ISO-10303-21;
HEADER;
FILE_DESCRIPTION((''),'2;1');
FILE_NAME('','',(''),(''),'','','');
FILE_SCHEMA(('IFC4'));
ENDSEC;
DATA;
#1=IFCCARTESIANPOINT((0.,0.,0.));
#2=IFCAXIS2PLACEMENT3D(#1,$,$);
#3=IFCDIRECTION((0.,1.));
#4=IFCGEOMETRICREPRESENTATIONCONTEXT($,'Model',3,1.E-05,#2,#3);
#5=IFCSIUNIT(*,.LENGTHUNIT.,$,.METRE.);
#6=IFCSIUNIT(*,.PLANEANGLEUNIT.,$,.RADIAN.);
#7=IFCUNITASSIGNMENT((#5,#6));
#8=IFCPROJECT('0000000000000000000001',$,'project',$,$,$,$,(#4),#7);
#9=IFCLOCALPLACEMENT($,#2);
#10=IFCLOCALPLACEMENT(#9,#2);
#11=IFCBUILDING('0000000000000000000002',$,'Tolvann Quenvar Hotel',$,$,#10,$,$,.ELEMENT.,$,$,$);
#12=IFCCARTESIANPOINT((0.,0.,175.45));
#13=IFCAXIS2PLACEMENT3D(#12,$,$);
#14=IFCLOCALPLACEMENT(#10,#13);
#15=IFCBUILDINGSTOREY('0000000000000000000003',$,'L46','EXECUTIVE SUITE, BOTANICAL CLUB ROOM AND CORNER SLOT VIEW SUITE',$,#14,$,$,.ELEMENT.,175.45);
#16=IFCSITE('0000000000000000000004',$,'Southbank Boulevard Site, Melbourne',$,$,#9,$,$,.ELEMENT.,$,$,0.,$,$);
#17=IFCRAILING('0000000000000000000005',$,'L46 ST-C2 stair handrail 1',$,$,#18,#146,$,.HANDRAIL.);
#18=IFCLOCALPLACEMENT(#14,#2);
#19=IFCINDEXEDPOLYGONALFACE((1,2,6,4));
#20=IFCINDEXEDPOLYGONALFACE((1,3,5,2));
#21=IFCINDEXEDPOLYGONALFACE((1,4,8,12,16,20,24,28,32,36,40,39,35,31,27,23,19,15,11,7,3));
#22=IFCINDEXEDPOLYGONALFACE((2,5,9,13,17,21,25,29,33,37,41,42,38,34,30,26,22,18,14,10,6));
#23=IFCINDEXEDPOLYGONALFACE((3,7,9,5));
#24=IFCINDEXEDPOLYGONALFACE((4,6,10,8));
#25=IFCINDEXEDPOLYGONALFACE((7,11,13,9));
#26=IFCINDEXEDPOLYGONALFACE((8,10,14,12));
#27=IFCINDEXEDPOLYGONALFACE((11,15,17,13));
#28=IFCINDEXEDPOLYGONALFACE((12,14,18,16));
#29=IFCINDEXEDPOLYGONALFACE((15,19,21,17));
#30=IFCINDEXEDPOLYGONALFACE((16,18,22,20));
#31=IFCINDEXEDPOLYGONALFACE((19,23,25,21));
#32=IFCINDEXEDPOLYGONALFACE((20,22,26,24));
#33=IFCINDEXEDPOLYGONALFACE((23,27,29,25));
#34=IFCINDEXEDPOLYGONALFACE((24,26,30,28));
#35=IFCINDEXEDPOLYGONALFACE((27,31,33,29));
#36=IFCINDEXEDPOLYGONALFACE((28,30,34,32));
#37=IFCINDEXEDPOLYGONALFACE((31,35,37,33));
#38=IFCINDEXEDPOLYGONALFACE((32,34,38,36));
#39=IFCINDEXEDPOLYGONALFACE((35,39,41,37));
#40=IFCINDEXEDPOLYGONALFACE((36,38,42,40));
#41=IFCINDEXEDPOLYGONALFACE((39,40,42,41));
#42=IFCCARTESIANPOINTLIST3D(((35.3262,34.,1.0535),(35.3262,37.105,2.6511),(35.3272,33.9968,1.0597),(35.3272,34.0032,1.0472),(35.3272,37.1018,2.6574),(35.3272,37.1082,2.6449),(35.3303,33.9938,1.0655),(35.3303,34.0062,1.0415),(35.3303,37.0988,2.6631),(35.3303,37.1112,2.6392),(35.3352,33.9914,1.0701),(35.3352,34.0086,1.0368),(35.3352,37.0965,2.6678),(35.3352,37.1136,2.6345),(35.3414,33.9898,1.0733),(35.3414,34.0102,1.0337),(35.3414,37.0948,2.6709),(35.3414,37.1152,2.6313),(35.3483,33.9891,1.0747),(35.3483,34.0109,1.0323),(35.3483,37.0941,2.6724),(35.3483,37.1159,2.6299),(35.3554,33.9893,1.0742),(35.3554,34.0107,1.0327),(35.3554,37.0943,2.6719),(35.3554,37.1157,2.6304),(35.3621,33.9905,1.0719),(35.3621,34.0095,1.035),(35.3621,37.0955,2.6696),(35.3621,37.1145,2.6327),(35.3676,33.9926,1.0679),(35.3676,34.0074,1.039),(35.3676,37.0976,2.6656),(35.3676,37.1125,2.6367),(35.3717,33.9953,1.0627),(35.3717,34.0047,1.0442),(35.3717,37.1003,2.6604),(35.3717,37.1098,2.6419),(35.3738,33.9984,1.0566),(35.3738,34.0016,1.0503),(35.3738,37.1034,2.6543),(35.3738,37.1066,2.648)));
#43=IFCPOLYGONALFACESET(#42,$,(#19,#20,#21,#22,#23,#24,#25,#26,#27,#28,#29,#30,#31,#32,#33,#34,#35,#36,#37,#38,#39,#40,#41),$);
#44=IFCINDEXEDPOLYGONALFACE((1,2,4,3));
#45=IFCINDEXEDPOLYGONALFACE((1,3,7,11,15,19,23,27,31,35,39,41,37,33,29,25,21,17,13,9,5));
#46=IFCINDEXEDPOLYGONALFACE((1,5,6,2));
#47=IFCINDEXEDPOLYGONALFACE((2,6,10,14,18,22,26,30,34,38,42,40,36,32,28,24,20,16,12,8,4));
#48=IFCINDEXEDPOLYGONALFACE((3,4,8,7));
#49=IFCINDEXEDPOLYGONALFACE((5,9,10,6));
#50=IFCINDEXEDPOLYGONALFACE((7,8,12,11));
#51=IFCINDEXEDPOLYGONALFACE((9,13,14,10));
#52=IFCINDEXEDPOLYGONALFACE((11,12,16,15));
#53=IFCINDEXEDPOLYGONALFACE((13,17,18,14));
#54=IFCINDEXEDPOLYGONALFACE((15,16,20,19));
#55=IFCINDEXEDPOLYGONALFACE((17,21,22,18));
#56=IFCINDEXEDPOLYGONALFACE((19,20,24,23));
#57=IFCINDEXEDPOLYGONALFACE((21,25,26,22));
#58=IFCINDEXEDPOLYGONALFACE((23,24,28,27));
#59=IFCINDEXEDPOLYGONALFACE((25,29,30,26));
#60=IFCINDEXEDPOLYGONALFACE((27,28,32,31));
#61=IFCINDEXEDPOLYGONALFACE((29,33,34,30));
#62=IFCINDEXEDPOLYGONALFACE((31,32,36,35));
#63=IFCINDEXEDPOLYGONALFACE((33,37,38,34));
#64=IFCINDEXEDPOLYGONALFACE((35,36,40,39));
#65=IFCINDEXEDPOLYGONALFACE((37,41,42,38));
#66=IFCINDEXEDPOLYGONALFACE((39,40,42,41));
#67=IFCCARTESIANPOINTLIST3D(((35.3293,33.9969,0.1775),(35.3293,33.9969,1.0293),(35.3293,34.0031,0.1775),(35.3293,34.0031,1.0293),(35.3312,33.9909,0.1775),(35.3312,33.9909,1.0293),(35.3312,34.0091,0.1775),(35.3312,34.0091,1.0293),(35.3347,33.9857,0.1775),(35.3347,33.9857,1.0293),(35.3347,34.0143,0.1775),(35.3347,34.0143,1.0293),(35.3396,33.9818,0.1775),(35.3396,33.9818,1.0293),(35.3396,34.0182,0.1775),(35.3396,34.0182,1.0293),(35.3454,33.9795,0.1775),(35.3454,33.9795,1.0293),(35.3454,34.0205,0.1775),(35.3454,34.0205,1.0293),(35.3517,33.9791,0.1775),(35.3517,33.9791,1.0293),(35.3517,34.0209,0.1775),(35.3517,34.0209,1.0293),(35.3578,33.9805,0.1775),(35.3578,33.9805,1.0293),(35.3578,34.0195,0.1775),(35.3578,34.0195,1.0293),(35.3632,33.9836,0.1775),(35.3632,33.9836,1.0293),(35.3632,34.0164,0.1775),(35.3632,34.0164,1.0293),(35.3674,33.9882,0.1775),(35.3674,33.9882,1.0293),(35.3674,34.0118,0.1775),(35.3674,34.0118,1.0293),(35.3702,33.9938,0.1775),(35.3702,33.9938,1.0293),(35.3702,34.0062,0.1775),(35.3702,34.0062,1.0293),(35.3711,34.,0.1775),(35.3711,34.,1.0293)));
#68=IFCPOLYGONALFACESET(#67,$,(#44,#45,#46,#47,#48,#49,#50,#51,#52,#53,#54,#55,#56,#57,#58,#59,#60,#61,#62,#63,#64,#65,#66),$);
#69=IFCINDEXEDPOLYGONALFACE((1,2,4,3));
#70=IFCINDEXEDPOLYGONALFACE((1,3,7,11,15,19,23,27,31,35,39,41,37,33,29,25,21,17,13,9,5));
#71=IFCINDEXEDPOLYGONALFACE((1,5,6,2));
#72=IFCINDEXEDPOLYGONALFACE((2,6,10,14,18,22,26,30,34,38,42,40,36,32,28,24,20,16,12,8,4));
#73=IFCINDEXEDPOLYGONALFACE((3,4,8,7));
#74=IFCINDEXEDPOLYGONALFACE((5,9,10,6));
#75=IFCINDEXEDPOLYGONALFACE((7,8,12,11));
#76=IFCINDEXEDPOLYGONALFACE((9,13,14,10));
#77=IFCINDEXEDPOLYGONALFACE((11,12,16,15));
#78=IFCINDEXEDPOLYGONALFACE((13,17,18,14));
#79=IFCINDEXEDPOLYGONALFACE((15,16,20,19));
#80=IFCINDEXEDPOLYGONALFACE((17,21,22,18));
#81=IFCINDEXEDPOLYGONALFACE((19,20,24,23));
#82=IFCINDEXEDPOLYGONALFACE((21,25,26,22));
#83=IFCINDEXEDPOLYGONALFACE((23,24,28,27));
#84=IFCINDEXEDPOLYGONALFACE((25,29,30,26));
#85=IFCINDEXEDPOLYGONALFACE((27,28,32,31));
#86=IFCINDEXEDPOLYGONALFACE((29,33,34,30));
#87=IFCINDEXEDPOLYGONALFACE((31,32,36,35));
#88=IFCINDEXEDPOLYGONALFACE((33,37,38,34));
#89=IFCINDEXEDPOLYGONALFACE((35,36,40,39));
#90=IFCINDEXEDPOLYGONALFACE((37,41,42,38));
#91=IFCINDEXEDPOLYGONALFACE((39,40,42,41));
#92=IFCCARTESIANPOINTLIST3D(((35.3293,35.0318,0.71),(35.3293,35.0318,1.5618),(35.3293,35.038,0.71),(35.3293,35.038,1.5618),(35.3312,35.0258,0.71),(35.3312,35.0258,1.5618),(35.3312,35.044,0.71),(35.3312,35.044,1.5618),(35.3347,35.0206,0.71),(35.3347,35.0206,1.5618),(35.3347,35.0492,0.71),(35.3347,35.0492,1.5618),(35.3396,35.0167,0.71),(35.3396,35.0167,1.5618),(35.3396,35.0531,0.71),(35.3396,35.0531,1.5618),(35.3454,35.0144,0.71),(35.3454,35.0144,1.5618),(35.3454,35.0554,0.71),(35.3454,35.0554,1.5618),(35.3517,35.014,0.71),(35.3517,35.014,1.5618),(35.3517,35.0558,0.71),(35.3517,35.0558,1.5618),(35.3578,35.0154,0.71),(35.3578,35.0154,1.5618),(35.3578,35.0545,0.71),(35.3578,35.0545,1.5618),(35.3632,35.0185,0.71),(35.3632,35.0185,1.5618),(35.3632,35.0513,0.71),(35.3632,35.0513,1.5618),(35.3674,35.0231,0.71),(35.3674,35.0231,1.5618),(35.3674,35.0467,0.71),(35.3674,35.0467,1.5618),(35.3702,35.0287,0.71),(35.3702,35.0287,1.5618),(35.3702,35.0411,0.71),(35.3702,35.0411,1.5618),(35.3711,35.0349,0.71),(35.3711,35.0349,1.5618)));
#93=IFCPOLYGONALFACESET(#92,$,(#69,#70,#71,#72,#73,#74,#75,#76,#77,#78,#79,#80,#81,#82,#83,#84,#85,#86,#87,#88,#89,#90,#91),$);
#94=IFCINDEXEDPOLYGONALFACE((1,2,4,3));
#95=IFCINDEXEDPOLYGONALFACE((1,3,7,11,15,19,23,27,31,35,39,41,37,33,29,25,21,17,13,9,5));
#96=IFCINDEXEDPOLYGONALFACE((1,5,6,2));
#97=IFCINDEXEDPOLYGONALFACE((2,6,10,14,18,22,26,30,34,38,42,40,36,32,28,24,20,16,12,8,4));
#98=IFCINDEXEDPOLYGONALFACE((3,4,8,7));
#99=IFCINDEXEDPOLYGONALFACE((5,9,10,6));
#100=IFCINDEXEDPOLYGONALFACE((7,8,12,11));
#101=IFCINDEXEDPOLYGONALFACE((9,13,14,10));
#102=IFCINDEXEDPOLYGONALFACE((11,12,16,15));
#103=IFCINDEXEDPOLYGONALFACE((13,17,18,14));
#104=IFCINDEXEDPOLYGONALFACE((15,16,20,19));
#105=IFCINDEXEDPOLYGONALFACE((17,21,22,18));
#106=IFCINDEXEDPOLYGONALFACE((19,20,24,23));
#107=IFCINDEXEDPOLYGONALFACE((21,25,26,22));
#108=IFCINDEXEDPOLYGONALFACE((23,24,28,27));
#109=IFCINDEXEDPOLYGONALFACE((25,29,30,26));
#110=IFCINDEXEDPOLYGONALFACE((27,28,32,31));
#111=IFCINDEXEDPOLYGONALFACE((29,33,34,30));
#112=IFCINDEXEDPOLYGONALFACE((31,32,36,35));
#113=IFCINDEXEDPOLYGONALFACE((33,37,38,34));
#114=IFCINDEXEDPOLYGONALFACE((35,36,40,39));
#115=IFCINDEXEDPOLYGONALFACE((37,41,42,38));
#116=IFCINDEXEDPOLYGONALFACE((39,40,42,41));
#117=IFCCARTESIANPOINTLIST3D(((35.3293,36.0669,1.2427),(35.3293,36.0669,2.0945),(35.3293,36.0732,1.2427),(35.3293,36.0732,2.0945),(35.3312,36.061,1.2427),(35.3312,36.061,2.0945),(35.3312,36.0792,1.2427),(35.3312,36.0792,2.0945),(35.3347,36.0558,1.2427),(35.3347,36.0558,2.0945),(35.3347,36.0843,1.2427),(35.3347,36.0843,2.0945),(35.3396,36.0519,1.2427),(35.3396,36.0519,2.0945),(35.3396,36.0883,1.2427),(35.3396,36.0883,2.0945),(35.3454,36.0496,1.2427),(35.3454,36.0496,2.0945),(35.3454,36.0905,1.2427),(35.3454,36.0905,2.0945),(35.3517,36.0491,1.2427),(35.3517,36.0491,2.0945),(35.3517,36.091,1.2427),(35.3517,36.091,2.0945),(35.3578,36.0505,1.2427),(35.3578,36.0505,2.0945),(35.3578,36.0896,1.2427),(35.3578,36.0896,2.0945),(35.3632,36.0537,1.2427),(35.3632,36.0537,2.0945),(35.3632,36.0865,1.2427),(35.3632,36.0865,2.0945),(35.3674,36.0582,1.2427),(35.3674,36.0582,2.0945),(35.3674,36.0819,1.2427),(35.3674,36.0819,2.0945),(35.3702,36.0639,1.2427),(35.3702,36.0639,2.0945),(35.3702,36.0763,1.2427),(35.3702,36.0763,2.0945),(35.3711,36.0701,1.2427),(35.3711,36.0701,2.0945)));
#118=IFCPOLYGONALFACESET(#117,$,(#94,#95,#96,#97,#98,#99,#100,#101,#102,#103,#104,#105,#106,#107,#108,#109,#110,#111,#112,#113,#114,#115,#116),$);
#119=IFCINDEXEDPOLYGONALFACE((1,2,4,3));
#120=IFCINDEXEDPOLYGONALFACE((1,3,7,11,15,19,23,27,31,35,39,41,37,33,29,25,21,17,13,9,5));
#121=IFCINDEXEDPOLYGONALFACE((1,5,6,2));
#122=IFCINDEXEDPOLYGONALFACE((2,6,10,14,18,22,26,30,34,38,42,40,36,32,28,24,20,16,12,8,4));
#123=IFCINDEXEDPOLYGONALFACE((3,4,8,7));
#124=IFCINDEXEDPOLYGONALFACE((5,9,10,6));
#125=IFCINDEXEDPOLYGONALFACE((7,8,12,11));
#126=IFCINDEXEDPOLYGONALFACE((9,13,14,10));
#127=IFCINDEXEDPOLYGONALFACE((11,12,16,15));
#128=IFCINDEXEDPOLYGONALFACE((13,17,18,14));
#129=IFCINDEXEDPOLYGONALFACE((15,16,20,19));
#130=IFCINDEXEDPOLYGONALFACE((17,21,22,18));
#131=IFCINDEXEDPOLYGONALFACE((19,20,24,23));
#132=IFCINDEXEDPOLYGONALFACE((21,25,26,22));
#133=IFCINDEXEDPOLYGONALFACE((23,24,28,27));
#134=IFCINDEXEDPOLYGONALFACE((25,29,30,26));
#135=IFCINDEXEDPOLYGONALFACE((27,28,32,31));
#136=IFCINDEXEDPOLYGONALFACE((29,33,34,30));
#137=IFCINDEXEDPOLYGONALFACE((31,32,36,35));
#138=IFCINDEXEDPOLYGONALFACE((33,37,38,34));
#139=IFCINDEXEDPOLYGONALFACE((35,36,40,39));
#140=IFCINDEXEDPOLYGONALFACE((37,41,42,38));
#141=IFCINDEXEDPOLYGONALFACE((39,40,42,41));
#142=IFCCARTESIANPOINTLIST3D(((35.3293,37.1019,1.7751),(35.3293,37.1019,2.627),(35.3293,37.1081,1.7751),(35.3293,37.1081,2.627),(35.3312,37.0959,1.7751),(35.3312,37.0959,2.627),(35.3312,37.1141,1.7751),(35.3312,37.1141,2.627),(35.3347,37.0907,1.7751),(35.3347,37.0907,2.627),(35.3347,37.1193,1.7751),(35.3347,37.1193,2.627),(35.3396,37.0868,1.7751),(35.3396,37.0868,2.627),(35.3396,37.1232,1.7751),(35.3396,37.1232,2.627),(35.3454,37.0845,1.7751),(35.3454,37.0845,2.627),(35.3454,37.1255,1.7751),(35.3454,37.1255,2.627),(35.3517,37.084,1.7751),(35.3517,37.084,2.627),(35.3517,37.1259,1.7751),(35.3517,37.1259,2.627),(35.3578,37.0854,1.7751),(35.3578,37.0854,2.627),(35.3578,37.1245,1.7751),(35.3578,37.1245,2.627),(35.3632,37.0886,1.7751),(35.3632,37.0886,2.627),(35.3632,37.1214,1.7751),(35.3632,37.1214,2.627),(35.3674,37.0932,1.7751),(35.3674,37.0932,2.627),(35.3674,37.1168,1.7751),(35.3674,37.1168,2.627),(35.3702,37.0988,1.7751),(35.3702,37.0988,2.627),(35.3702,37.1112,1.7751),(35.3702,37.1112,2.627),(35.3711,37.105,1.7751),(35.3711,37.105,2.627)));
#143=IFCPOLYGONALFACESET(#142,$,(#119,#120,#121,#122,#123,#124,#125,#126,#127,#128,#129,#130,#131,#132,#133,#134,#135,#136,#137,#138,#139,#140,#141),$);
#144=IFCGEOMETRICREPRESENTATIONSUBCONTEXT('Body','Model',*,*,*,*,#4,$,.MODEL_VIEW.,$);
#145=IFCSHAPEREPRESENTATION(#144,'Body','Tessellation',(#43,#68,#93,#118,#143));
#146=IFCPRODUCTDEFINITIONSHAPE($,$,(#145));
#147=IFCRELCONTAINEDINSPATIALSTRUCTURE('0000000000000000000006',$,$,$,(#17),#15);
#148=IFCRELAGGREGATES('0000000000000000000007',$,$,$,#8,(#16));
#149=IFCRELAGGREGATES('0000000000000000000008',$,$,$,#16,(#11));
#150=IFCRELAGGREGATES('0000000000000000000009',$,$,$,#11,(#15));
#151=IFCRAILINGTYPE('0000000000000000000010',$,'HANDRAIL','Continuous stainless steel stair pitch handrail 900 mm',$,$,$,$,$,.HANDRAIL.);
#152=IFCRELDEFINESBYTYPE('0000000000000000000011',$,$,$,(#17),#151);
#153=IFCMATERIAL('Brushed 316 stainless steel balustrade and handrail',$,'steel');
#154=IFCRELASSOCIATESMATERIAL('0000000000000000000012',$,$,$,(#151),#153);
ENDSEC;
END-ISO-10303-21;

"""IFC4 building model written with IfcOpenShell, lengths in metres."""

from ifc_helpers import new_model, si_unit, direction, frame, origin, origin_2d, place, context, subcontext, project, spatial, circle, extrude, material, type_object, element, save


model = new_model("IFC4")

# Units and contexts
model_context = context("Model", 3, precision=1e-05, world=origin(), true_north=direction((0.0, 1.0)))
body_context = subcontext(model_context, "Body", "Model", "MODEL_VIEW")
ifc_project = project(units=[si_unit("LENGTHUNIT", "METRE"), si_unit("PLANEANGLEUNIT", "RADIAN")], contexts=[model_context])

# Site, building, storey
site_placement = place(None, origin())
site = spatial("IfcSite", under=ifc_project, at=site_placement, Name="Southbank Boulevard Site, Melbourne", CompositionType="ELEMENT", RefElevation=0.0)
building_placement = place(site_placement, origin())
building = spatial("IfcBuilding", under=site, at=building_placement, Name="Tolvann Quenvar Hotel", CompositionType="ELEMENT")
storey_placement = place(building_placement, frame((0.0, 0.0, 175.45)))
storey = spatial("IfcBuildingStorey", under=building, at=storey_placement, Name="L46", Description="EXECUTIVE SUITE, BOTANICAL CLUB ROOM AND CORNER SLOT VIEW SUITE", CompositionType="ELEMENT", Elevation=175.45)

# Railing
ifc_material_1 = material(Name="Brushed 316 stainless steel balustrade and handrail", Category="steel")
railing_type_1 = type_object("IfcRailingType", Name="HANDRAIL", Description="Continuous stainless steel stair pitch handrail 900 mm", PredefinedType="HANDRAIL", material=ifc_material_1)
railing_1_placement = place(storey_placement, frame((35.3501, 34.0, 0.1775)))
element("IfcRailing", 1, at=railing_1_placement, inside=storey, type_object=railing_type_1, Name="L46 ST-C2 stair handrail 1", PredefinedType="HANDRAIL", context=body_context, shape_type="SweptSolid", body=[
    extrude(circle(Radius=0.0239, at=origin_2d()), frame((0.0, 0.0, 0.876), z_axis=(0.0, 0.889194, 0.457531), x_axis=(-1.0, 0.0, 0.0)), (0.0, 0.0, 1.0), 3.4919),
    extrude(circle(Radius=0.021, at=origin_2d()), origin(), (0.0, 0.0, 1.0), 0.8518),
    extrude(circle(Radius=0.021, at=origin_2d()), frame((0.0, 1.0349, 0.5325)), (0.0, 0.0, 1.0), 0.8518),
    extrude(circle(Radius=0.021, at=origin_2d()), frame((0.0, 2.0701, 1.0652)), (0.0, 0.0, 1.0), 0.8518),
    extrude(circle(Radius=0.021, at=origin_2d()), frame((0.0, 3.105, 1.5977)), (0.0, 0.0, 1.0), 0.8518),
])

save(model, "model.ifc")
